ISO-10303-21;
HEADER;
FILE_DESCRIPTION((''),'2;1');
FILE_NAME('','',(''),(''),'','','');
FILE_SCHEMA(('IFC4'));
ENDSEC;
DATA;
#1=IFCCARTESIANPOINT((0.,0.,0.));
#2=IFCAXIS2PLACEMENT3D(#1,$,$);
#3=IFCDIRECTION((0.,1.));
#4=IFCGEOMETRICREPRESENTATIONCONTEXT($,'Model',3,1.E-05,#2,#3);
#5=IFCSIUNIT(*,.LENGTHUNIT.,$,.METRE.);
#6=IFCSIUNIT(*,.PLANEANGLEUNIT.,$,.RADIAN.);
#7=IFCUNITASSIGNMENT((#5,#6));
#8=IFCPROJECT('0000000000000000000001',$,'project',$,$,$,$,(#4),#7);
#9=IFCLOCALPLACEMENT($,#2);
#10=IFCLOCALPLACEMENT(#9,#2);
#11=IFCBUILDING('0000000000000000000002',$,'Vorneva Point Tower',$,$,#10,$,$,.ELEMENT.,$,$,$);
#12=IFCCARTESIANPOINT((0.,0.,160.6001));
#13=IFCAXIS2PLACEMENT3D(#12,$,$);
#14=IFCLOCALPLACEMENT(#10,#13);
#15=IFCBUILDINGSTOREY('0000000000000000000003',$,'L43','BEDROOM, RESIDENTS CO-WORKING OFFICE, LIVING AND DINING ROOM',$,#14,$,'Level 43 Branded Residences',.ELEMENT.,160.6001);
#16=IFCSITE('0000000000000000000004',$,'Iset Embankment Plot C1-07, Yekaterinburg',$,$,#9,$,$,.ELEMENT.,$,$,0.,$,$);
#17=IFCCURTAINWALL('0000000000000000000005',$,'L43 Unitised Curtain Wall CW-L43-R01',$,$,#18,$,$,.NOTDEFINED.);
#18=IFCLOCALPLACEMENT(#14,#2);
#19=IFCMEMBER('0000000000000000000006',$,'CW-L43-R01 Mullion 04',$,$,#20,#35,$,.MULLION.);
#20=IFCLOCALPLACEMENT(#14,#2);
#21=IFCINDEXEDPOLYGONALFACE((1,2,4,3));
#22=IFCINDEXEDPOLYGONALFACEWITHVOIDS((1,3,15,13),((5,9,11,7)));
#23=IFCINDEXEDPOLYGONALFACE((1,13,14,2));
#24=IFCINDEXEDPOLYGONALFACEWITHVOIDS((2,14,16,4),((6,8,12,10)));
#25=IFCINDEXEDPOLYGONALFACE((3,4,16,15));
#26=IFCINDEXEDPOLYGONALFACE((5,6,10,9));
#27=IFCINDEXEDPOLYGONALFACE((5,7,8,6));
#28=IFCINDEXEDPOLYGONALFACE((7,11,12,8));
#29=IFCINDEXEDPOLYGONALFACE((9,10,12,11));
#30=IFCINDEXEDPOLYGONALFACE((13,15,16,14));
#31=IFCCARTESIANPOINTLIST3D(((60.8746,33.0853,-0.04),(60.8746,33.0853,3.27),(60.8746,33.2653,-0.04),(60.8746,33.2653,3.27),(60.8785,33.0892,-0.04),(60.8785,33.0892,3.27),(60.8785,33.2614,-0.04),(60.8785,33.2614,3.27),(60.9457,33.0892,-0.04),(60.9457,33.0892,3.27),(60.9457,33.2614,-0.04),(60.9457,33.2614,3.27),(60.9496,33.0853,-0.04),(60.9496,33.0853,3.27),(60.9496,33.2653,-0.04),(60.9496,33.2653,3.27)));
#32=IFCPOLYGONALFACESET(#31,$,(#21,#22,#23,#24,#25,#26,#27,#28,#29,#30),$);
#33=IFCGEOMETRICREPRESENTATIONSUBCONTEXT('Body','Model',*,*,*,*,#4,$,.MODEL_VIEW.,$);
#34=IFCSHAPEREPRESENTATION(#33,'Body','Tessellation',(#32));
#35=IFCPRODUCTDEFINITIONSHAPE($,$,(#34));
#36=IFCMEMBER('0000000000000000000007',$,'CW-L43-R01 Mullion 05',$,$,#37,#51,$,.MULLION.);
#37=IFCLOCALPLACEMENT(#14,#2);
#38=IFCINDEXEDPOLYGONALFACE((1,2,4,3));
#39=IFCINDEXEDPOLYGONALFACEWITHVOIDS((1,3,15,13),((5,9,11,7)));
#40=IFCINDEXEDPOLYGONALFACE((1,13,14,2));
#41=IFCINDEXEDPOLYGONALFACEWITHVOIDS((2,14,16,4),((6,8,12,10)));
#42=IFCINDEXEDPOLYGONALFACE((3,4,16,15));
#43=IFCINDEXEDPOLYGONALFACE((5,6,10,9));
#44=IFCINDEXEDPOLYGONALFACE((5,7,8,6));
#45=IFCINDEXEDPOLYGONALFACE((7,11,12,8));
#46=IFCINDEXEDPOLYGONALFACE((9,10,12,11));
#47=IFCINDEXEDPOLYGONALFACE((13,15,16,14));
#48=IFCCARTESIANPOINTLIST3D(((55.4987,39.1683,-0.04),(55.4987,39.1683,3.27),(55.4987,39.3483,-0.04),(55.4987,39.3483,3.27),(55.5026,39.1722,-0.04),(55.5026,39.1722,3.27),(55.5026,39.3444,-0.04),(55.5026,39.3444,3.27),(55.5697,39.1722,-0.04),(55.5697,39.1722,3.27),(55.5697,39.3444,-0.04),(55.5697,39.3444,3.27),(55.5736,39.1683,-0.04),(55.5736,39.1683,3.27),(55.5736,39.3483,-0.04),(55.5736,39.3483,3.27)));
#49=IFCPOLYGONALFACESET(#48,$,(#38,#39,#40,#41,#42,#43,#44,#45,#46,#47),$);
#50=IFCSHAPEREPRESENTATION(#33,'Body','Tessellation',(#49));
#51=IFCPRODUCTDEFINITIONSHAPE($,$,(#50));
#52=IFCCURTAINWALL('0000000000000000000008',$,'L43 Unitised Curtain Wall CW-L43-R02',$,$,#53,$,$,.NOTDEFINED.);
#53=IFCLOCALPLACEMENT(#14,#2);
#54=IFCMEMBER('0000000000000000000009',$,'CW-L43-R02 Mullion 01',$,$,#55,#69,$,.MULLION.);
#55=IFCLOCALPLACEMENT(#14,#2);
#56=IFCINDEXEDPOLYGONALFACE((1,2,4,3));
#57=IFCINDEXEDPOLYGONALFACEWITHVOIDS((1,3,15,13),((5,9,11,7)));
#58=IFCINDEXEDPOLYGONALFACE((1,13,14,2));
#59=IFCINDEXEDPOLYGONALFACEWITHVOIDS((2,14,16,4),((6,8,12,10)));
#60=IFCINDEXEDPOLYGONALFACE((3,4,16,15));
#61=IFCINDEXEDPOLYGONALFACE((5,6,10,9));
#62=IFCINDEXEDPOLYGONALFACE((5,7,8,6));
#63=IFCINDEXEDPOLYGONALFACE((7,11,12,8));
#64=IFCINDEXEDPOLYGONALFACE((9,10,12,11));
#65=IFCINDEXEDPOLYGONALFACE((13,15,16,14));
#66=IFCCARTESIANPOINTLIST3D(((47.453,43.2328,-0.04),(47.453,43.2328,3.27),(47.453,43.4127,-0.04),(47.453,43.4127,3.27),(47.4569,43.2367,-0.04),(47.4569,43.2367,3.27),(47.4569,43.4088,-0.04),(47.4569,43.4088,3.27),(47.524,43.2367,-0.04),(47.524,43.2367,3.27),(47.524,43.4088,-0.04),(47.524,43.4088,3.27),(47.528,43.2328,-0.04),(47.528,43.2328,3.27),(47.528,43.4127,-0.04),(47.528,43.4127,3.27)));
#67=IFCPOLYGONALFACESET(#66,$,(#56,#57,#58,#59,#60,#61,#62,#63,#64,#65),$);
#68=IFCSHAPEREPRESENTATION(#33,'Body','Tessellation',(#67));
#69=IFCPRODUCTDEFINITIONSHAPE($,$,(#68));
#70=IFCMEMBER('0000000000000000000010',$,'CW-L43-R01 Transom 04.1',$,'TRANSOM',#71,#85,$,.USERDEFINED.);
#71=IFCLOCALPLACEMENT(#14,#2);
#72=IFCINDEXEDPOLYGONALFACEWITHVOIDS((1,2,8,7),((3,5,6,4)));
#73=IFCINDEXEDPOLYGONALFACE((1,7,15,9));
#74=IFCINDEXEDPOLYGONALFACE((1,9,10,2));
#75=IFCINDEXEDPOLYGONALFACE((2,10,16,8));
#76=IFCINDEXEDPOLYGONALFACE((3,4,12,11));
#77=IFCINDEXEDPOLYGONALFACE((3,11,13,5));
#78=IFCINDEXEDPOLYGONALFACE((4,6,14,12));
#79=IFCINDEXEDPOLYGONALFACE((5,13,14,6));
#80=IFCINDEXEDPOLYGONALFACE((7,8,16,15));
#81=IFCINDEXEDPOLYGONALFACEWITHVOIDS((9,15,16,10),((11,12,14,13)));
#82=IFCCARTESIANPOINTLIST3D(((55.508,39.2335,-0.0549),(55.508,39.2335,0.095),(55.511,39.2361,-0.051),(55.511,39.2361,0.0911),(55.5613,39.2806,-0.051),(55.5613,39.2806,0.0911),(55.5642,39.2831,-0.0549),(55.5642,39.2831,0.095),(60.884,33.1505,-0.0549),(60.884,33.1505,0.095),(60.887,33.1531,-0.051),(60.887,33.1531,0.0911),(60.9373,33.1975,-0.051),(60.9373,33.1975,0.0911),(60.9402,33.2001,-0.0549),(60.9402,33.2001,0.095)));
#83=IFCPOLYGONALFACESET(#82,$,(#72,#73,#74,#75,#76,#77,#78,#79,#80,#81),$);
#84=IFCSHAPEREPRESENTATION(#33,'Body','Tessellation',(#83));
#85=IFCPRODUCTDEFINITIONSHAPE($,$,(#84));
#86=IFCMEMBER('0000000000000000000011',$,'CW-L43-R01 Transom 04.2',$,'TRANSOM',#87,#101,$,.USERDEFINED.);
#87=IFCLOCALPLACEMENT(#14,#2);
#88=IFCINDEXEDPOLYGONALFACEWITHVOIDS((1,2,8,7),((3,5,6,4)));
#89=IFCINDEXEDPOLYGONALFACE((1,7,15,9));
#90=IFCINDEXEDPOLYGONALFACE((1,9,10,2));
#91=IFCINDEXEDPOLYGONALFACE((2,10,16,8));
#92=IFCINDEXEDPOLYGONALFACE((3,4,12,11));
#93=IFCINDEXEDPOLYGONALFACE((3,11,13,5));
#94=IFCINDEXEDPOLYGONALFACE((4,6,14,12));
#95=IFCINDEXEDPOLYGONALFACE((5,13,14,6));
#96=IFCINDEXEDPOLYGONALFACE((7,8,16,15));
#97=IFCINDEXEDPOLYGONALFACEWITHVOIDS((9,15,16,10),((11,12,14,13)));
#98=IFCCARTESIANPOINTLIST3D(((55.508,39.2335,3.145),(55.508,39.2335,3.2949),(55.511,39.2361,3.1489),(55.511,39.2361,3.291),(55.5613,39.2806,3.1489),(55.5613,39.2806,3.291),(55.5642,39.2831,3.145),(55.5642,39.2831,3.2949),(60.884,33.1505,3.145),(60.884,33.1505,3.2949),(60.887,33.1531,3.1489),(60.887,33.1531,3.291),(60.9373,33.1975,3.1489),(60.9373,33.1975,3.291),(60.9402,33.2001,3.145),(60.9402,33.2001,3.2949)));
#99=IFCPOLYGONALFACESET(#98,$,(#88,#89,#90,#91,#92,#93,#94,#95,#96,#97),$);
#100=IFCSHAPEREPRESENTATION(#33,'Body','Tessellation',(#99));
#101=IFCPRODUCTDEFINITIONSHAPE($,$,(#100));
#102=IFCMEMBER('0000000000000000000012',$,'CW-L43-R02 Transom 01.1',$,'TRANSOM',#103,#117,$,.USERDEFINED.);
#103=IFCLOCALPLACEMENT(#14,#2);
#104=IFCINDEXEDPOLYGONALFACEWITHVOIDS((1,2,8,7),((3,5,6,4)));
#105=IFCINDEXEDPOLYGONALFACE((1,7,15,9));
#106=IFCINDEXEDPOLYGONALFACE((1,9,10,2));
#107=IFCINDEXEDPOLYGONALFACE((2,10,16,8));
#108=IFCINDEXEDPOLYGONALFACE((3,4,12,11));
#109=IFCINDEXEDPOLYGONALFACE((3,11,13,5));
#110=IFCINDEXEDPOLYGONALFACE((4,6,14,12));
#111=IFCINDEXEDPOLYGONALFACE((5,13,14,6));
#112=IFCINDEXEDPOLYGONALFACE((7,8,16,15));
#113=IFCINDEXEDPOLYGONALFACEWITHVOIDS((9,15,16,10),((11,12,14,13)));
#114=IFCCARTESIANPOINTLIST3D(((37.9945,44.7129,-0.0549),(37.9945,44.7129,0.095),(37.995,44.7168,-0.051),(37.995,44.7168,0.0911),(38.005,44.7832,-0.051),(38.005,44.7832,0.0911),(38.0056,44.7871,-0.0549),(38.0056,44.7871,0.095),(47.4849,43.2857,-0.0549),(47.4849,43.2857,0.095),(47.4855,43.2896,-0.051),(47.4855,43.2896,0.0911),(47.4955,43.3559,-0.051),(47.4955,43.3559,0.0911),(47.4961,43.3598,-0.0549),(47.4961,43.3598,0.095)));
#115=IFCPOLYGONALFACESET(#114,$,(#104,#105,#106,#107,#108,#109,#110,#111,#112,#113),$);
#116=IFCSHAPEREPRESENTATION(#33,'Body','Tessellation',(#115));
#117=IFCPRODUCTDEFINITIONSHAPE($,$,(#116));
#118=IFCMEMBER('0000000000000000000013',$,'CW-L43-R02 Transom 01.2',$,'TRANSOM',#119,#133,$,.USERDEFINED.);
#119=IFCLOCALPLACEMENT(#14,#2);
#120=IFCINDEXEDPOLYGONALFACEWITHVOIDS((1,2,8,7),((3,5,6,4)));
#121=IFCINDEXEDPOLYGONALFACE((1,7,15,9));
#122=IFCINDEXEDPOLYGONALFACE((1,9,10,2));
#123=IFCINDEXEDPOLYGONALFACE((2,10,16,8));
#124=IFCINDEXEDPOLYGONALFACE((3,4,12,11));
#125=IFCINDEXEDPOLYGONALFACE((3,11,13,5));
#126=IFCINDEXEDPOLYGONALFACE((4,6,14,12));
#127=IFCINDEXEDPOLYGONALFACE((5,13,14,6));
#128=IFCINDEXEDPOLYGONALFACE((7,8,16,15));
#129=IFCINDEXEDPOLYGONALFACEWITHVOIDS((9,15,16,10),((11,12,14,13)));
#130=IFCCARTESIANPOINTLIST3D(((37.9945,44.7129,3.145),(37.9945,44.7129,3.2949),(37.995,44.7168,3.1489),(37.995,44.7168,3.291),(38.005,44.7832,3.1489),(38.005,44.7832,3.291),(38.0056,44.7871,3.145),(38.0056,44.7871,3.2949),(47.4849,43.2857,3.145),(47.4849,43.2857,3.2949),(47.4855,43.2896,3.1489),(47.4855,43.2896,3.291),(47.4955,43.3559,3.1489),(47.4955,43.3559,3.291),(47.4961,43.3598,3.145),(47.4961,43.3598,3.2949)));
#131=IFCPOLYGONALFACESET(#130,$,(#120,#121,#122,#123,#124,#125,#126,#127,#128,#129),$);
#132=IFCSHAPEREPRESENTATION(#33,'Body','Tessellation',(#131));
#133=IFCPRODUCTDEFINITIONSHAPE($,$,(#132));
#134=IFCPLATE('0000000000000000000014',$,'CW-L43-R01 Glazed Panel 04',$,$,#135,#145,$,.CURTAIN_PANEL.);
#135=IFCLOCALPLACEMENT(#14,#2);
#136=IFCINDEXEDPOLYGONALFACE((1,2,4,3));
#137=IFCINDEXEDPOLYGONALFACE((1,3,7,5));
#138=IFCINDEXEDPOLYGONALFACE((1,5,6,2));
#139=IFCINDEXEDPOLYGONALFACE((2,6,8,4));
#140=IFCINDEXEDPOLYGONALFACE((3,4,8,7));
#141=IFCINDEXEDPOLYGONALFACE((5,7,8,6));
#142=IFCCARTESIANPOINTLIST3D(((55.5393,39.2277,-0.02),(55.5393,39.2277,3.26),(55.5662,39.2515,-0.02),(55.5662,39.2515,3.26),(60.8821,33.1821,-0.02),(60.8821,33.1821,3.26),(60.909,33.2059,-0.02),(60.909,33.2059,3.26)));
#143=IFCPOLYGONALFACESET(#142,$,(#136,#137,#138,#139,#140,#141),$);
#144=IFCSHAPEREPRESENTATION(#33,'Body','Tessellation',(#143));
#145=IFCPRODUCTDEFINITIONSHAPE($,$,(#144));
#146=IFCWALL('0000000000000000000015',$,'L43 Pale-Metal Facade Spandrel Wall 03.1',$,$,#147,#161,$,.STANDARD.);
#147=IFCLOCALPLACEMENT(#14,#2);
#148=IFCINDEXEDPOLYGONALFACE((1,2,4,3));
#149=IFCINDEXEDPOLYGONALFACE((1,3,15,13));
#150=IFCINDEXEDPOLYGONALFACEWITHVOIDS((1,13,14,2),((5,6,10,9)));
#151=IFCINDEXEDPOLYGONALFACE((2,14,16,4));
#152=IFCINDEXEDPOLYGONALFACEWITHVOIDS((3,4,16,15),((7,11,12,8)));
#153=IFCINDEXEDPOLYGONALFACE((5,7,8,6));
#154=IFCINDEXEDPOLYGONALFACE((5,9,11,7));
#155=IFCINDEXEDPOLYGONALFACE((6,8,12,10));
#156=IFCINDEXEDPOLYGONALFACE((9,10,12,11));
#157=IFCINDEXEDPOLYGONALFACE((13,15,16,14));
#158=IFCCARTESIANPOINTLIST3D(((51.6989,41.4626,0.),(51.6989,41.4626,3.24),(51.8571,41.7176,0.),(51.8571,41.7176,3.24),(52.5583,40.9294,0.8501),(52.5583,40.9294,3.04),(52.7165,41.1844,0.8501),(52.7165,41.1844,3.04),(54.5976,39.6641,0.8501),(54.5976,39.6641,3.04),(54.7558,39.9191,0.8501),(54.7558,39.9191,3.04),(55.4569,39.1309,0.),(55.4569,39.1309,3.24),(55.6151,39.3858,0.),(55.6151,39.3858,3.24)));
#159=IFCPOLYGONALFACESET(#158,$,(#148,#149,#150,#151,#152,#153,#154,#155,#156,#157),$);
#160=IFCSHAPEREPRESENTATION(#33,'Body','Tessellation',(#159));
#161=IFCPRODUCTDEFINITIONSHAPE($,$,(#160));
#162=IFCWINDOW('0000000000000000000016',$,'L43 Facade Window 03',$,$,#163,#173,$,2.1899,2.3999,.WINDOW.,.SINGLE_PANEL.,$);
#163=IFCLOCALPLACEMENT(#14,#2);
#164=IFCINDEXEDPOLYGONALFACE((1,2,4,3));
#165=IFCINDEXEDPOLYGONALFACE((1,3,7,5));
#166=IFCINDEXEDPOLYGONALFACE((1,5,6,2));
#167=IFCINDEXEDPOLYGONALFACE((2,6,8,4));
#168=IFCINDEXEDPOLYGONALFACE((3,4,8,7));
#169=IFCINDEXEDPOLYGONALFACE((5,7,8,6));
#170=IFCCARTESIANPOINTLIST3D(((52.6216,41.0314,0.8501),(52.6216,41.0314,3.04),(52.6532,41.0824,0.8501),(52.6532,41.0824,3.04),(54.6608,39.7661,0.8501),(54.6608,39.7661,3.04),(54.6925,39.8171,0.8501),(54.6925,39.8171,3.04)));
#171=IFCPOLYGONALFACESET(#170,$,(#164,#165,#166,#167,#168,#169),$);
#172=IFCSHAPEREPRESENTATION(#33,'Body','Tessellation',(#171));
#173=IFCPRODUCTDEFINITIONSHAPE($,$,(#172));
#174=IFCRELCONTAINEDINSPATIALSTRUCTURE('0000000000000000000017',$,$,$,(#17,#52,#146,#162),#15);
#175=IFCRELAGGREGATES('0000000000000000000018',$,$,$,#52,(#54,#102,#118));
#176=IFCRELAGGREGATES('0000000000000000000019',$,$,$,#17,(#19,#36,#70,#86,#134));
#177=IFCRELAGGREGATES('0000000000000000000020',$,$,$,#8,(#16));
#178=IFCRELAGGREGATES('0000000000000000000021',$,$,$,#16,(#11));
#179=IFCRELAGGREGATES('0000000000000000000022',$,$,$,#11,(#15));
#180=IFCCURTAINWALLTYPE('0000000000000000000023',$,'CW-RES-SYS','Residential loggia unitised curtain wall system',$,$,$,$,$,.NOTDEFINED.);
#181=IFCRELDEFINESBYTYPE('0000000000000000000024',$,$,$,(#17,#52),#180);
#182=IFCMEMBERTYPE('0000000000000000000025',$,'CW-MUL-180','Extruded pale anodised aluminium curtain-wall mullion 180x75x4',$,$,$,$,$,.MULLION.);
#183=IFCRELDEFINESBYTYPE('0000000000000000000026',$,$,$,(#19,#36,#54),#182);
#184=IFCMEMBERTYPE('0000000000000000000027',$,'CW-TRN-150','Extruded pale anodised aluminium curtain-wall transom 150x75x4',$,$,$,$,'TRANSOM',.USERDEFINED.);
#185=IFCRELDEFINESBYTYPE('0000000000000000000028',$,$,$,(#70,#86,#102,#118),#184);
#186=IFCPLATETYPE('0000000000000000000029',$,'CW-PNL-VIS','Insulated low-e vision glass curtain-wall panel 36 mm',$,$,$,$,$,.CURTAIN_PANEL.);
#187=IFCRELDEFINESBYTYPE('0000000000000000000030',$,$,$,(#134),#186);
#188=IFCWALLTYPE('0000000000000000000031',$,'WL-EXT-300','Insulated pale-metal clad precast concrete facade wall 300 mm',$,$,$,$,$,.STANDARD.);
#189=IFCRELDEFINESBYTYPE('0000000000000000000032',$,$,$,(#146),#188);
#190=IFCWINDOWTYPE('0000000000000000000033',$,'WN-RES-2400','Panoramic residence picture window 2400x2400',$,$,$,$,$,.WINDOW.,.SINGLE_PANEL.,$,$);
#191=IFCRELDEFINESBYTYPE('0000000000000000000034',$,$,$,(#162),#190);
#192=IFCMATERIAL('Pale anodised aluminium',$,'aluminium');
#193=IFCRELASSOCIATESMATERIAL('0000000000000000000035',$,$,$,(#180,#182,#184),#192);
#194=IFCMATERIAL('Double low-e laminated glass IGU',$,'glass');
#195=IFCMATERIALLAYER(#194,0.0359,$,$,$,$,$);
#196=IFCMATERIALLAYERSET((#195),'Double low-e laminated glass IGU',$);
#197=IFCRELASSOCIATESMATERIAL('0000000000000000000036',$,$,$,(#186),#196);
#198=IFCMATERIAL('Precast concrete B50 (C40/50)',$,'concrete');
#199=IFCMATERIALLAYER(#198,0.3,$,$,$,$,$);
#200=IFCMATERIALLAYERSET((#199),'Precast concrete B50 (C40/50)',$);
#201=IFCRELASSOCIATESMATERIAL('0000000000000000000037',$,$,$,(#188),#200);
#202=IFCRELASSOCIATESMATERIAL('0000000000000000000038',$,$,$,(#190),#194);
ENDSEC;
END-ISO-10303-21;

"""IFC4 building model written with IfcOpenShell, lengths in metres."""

from ifc_helpers import new_model, si_unit, direction, frame, frame_2d, origin, origin_2d, place, context, subcontext, project, spatial, rectangle, hollow_rectangle, extrude, material, layer, layer_set, material_profile, profile_set, type_object, element, fill, aggregate, save


model = new_model("IFC4")

# Units and contexts
model_context = context("Model", 3, precision=1e-05, world=origin(), true_north=direction((0.0, 1.0)))
body_context = subcontext(model_context, "Body", "Model", "MODEL_VIEW")
ifc_project = project(units=[si_unit("LENGTHUNIT", "METRE"), si_unit("PLANEANGLEUNIT", "RADIAN")], contexts=[model_context])

# Site, building, storey
site_placement = place(None, origin())
site = spatial("IfcSite", under=ifc_project, at=site_placement, Name="Iset Embankment Plot C1-07, Yekaterinburg", CompositionType="ELEMENT", RefElevation=0.0)
building_placement = place(site_placement, origin())
building = spatial("IfcBuilding", under=site, at=building_placement, Name="Vorneva Point Tower", CompositionType="ELEMENT")
storey_placement = place(building_placement, frame((0.0, 0.0, 160.6001)))
storey = spatial("IfcBuildingStorey", under=building, at=storey_placement, Name="L43", Description="BEDROOM, RESIDENTS CO-WORKING OFFICE, LIVING AND DINING ROOM", LongName="Level 43 Branded Residences", CompositionType="ELEMENT", Elevation=160.6001)

# Curtain wall, members
ifc_material_1 = material(Name="Pale anodised aluminium", Category="aluminium")
curtain_wall_type = type_object("IfcCurtainWallType", Name="CW-RES-SYS", Description="Residential loggia unitised curtain wall system", PredefinedType="NOTDEFINED", material=ifc_material_1)
curtain_wall_1_placement = place(storey_placement, origin())
curtain_wall_1 = element("IfcCurtainWall", 1, at=curtain_wall_1_placement, inside=storey, type_object=curtain_wall_type, Name="L43 Unitised Curtain Wall CW-L43-R01", PredefinedType="NOTDEFINED")
ifc_material_profile_1 = material_profile(ifc_material_1, hollow_rectangle(XDim=0.075, YDim=0.1799, WallThickness=0.0039, at=origin_2d()), Name="AL-MUL 180x75x4")
ifc_profile_set_1 = profile_set([ifc_material_profile_1], Name="Pale anodised aluminium")
member_type_1 = type_object("IfcMemberType", Name="CW-MUL-180", Description="Extruded pale anodised aluminium curtain-wall mullion 180x75x4", PredefinedType="MULLION", material=ifc_profile_set_1)
member_1_placement = place(storey_placement, frame((60.9121, 33.1753, -0.04), z_axis=(0.0, 0.0, 1.0), x_axis=(1.0, 0.0, 0.0)))
member_1 = element("IfcMember", 2, at=member_1_placement, type_object=member_type_1, Name="CW-L43-R01 Mullion 04", PredefinedType="MULLION", context=body_context, shape_type="SweptSolid", body=[
    extrude(hollow_rectangle(XDim=0.075, YDim=0.1799, WallThickness=0.0039, at=origin_2d()), origin(), (0.0, 0.0, 1.0), 3.3101),
])
member_2_placement = place(storey_placement, frame((55.5361, 39.2583, -0.04), z_axis=(0.0, 0.0, 1.0), x_axis=(1.0, 0.0, 0.0)))
member_2 = element("IfcMember", 3, at=member_2_placement, type_object=member_type_1, Name="CW-L43-R01 Mullion 05", PredefinedType="MULLION", context=body_context, shape_type="SweptSolid", body=[
    extrude(hollow_rectangle(XDim=0.075, YDim=0.1799, WallThickness=0.0039, at=origin_2d()), origin(), (0.0, 0.0, 1.0), 3.3101),
])

# Curtain wall, member
curtain_wall_2_placement = place(storey_placement, origin())
curtain_wall_2 = element("IfcCurtainWall", 4, at=curtain_wall_2_placement, inside=storey, type_object=curtain_wall_type, Name="L43 Unitised Curtain Wall CW-L43-R02", PredefinedType="NOTDEFINED")
member_3_placement = place(storey_placement, frame((47.4905, 43.3228, -0.04), z_axis=(0.0, 0.0, 1.0), x_axis=(1.0, 0.0, 0.0)))
member_3 = element("IfcMember", 5, at=member_3_placement, type_object=member_type_1, Name="CW-L43-R02 Mullion 01", PredefinedType="MULLION", context=body_context, shape_type="SweptSolid", body=[
    extrude(hollow_rectangle(XDim=0.075, YDim=0.1799, WallThickness=0.0039, at=origin_2d()), origin(), (0.0, 0.0, 1.0), 3.3101),
])

# Members
ifc_material_profile_2 = material_profile(ifc_material_1, hollow_rectangle(XDim=0.075, YDim=0.1499, WallThickness=0.0039, at=origin_2d()), Name="AL-TRN 150x75x4")
ifc_profile_set_2 = profile_set([ifc_material_profile_2], Name="Pale anodised aluminium")
member_type_2 = type_object("IfcMemberType", Name="CW-TRN-150", Description="Extruded pale anodised aluminium curtain-wall transom 150x75x4", ElementType="TRANSOM", PredefinedType="USERDEFINED", material=ifc_profile_set_2)
member_4_placement = place(storey_placement, frame((60.9121, 33.1753, 0.02), z_axis=(-0.662218, 0.749311, 0.0), x_axis=(-0.749311, -0.662218, 0.0)))
member_4 = element("IfcMember", 6, at=member_4_placement, type_object=member_type_2, Name="CW-L43-R01 Transom 04.1", ObjectType="TRANSOM", PredefinedType="USERDEFINED", context=body_context, shape_type="SweptSolid", body=[
    extrude(hollow_rectangle(XDim=0.075, YDim=0.1499, WallThickness=0.0039, at=origin_2d()), origin(), (0.0, 0.0, 1.0), 8.1182),
])
member_5_placement = place(storey_placement, frame((60.9121, 33.1753, 3.22), z_axis=(-0.662218, 0.749311, 0.0), x_axis=(-0.749311, -0.662218, 0.0)))
member_5 = element("IfcMember", 7, at=member_5_placement, type_object=member_type_2, Name="CW-L43-R01 Transom 04.2", ObjectType="TRANSOM", PredefinedType="USERDEFINED", context=body_context, shape_type="SweptSolid", body=[
    extrude(hollow_rectangle(XDim=0.075, YDim=0.1499, WallThickness=0.0039, at=origin_2d()), origin(), (0.0, 0.0, 1.0), 8.1182),
])
member_6_placement = place(storey_placement, frame((47.4905, 43.3228, 0.02), z_axis=(-0.98888, 0.148715, 0.0), x_axis=(-0.148715, -0.98888, 0.0)))
member_6 = element("IfcMember", 8, at=member_6_placement, type_object=member_type_2, Name="CW-L43-R02 Transom 01.1", ObjectType="TRANSOM", PredefinedType="USERDEFINED", context=body_context, shape_type="SweptSolid", body=[
    extrude(hollow_rectangle(XDim=0.075, YDim=0.1499, WallThickness=0.0039, at=origin_2d()), origin(), (0.0, 0.0, 1.0), 9.5972),
])
member_7_placement = place(storey_placement, frame((47.4905, 43.3228, 3.22), z_axis=(-0.98888, 0.148715, 0.0), x_axis=(-0.148715, -0.98888, 0.0)))
member_7 = element("IfcMember", 9, at=member_7_placement, type_object=member_type_2, Name="CW-L43-R02 Transom 01.2", ObjectType="TRANSOM", PredefinedType="USERDEFINED", context=body_context, shape_type="SweptSolid", body=[
    extrude(hollow_rectangle(XDim=0.075, YDim=0.1499, WallThickness=0.0039, at=origin_2d()), origin(), (0.0, 0.0, 1.0), 9.5972),
])
aggregate(curtain_wall_2, [member_3, member_6, member_7])

# Plate
ifc_material_2 = material(Name="Double low-e laminated glass IGU", Category="glass")
ifc_layer_1 = layer(ifc_material_2, 0.0359)
ifc_layer_set_1 = layer_set([ifc_layer_1], Name="Double low-e laminated glass IGU")
plate_type = type_object("IfcPlateType", Name="CW-PNL-VIS", Description="Insulated low-e vision glass curtain-wall panel 36 mm", PredefinedType="CURTAIN_PANEL", material=ifc_layer_set_1)
plate_placement = place(storey_placement, frame((58.2241, 36.2168, -0.02), z_axis=(0.0, 0.0, 1.0), x_axis=(-0.662215, 0.749314, 0.0)))
plate = element("IfcPlate", 10, at=plate_placement, type_object=plate_type, Name="CW-L43-R01 Glazed Panel 04", PredefinedType="CURTAIN_PANEL", context=body_context, shape_type="SweptSolid", body=[
    extrude(rectangle(XDim=8.0681, YDim=0.0359, at=origin_2d()), origin(), (0.0, 0.0, 1.0), 3.28),
])
aggregate(curtain_wall_1, [member_1, member_2, member_4, member_5, plate])

# Wall, opening, window
ifc_material_3 = material(Name="Precast concrete B50 (C40/50)", Category="concrete")
ifc_layer_2 = layer(ifc_material_3, 0.3)
ifc_layer_set_2 = layer_set([ifc_layer_2], Name="Precast concrete B50 (C40/50)")
wall_type_1 = type_object("IfcWallType", Name="WL-EXT-300", Description="Insulated pale-metal clad precast concrete facade wall 300 mm", PredefinedType="STANDARD", material=ifc_layer_set_2)
wall_1_placement = place(storey_placement, frame((55.5361, 39.2583, 0.0), z_axis=(0.0, 0.0, 1.0), x_axis=(-0.849721, 0.527232, 0.0)))
wall_1 = element("IfcWall", 11, at=wall_1_placement, inside=storey, type_object=wall_type_1, Name="L43 Pale-Metal Facade Spandrel Wall 03.1", PredefinedType="STANDARD", context=body_context, shape_type="SweptSolid", body=[
    extrude(rectangle(XDim=4.4226, YDim=0.3, at=frame_2d((2.2114, 0.0))), origin(), (0.0, 0.0, 1.0), 3.24),
])
opening_1_placement = place(wall_1_placement, frame((1.0115, 0.0, 0.8501)))
opening_1 = element("IfcOpeningElement", 12, at=opening_1_placement, cuts=wall_1, PredefinedType="OPENING", context=body_context, shape_type="SweptSolid", body=[
    extrude(rectangle(XDim=2.3999, YDim=2.1899, at=frame_2d((1.2, 1.095))), frame((0.0, 0.165, 0.0), z_axis=(0.0, -1.0, 0.0), x_axis=(1.0, 0.0, 0.0)), (0.0, 0.0, 1.0), 0.3298),
])
window_type = type_object("IfcWindowType", Name="WN-RES-2400", Description="Panoramic residence picture window 2400x2400", PartitioningType="SINGLE_PANEL", PredefinedType="WINDOW", material=ifc_material_2)
window_placement = place(opening_1_placement, origin())
window = element("IfcWindow", 13, at=window_placement, inside=storey, type_object=window_type, Name="L43 Facade Window 03", OverallHeight=2.1899, OverallWidth=2.3999, PartitioningType="SINGLE_PANEL", PredefinedType="WINDOW", context=body_context, shape_type="SweptSolid", body=[
    extrude(rectangle(XDim=2.3999, YDim=2.1899, at=frame_2d((1.2, 1.095))), frame((0.0, 0.03, 0.0), z_axis=(0.0, -1.0, 0.0), x_axis=(1.0, 0.0, 0.0)), (0.0, 0.0, 1.0), 0.0601),
])
fill(opening_1, window)

save(model, "model.ifc")
